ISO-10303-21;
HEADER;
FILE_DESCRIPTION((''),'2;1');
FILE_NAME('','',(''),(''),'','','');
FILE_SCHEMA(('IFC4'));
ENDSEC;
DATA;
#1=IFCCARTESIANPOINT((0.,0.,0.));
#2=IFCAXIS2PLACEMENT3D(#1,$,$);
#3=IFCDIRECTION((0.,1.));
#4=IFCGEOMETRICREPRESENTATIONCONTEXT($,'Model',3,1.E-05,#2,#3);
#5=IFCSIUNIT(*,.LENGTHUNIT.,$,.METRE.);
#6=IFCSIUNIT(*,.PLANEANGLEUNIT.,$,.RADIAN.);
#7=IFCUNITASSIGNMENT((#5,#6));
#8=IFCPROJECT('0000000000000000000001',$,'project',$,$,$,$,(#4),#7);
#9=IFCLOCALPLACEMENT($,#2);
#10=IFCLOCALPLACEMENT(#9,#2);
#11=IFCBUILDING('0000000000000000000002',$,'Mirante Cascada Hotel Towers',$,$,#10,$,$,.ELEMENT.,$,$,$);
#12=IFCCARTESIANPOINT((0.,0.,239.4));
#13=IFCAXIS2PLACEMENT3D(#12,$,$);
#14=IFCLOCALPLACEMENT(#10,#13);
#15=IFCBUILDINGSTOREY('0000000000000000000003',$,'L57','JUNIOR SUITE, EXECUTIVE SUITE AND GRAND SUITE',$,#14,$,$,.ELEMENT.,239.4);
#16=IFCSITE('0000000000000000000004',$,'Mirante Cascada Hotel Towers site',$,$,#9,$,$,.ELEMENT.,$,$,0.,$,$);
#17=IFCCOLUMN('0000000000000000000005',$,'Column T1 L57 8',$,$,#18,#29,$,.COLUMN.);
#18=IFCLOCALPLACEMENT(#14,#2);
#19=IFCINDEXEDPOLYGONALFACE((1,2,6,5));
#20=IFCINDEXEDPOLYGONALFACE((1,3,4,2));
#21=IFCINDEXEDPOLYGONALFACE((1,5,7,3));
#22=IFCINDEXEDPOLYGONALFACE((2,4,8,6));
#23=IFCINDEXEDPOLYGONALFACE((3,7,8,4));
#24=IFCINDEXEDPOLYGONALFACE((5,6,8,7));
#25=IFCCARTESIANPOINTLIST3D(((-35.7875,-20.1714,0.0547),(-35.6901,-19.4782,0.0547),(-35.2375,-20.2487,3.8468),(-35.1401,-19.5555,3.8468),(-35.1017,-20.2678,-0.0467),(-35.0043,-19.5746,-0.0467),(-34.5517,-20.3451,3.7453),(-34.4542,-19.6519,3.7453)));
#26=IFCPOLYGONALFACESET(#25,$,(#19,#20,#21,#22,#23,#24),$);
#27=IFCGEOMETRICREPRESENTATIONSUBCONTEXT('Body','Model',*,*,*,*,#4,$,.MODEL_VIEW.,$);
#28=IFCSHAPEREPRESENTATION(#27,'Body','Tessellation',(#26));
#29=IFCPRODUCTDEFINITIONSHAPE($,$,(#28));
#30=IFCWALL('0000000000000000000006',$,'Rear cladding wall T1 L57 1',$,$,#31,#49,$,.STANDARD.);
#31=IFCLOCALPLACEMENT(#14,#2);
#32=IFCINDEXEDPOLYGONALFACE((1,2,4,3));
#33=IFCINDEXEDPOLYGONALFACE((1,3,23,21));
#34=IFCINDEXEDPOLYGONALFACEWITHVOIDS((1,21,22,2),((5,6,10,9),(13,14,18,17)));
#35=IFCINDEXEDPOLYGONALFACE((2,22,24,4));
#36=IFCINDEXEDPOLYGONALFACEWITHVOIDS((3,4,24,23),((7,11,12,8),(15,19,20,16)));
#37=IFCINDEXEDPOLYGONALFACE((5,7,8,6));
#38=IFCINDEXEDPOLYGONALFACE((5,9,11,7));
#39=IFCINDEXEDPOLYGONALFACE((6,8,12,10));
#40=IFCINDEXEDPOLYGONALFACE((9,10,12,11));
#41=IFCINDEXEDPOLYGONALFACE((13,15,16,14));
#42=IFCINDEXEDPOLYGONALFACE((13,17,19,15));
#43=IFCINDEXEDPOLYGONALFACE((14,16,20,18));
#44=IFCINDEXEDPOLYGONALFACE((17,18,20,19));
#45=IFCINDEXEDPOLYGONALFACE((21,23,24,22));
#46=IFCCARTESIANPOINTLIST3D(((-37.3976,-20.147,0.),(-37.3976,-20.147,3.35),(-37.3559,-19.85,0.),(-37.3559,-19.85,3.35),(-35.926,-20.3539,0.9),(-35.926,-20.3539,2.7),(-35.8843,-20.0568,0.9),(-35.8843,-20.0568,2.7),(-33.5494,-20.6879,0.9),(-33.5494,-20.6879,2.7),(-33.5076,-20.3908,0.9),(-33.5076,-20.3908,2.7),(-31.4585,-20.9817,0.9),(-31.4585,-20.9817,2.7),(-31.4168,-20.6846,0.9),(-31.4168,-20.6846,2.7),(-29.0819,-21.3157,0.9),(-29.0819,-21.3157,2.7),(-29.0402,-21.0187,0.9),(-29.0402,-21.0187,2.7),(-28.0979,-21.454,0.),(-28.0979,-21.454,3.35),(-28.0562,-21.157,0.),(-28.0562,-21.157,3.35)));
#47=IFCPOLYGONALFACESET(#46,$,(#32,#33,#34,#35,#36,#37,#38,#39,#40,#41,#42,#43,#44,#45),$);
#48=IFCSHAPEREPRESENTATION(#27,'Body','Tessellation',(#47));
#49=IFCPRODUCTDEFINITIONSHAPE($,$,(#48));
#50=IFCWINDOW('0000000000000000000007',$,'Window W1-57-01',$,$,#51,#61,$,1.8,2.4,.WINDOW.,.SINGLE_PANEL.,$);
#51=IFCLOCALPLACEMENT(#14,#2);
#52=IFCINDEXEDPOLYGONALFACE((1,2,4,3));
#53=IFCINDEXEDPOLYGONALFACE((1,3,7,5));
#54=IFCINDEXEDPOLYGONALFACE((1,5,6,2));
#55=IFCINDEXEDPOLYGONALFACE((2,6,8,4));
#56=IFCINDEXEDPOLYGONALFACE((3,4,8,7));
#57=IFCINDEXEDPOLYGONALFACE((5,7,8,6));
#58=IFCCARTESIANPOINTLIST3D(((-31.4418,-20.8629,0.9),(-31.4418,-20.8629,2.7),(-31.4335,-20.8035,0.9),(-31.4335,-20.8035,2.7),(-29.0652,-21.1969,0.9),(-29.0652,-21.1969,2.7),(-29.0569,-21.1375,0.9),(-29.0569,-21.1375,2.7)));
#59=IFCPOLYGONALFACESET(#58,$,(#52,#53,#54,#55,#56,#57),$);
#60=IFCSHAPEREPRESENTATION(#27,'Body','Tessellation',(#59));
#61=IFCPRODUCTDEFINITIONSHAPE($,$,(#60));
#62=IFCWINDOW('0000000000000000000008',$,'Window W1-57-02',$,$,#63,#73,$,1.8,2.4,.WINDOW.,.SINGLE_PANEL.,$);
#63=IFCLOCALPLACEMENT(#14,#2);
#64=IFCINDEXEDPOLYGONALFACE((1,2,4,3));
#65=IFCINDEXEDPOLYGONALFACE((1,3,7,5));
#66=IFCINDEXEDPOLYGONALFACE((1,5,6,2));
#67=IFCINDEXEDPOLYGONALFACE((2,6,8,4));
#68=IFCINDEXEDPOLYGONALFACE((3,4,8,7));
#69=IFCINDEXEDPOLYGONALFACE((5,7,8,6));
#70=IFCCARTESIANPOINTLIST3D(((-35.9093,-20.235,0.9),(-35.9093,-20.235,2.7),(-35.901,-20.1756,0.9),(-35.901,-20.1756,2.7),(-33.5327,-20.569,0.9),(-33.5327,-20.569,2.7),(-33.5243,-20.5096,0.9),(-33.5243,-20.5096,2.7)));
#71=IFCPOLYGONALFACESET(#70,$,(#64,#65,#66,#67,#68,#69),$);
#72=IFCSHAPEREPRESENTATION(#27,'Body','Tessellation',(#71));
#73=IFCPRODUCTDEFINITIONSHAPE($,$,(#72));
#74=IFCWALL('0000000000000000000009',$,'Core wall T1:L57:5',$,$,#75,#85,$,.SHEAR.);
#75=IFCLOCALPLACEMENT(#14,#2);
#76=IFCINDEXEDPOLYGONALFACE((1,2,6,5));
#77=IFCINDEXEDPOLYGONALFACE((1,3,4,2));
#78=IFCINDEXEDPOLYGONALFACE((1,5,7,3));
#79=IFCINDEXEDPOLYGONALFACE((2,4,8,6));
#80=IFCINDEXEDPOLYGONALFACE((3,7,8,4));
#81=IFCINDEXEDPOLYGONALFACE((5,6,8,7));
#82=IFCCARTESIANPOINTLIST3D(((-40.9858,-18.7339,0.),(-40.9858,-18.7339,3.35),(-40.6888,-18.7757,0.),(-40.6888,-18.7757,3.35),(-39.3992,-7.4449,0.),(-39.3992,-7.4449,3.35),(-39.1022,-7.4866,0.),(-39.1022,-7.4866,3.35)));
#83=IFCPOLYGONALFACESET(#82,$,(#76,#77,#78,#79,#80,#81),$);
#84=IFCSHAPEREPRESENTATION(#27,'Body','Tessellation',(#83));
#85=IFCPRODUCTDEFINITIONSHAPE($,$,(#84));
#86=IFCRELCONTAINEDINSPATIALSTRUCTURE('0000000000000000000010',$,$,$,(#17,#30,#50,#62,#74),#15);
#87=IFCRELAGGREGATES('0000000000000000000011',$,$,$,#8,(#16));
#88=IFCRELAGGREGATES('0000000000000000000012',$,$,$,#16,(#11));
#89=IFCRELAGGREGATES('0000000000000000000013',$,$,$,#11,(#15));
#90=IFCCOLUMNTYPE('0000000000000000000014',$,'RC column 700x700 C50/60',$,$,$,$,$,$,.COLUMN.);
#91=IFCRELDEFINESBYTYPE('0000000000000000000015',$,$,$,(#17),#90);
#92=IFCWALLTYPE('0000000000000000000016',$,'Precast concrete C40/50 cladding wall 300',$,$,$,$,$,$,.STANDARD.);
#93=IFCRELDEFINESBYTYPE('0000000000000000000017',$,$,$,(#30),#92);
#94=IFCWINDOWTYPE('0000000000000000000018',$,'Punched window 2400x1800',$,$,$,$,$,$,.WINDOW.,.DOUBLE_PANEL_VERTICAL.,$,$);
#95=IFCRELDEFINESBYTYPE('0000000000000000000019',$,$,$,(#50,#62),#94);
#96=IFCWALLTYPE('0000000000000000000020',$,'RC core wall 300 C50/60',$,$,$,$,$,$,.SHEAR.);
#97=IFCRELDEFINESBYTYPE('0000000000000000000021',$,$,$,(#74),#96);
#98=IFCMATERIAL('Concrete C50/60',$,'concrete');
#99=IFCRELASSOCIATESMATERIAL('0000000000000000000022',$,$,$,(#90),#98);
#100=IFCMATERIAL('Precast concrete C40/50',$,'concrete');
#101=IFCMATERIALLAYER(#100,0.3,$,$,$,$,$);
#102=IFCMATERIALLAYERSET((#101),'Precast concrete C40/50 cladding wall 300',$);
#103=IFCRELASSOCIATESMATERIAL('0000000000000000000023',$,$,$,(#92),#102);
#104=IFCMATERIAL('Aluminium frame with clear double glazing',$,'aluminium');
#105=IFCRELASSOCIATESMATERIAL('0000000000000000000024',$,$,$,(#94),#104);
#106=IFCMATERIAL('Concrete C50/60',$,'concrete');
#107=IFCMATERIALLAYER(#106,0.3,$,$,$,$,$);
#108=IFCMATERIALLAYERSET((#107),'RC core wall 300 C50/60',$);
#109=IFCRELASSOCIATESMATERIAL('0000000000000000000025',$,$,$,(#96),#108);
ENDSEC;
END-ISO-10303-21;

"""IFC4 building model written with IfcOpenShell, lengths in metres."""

from ifc_helpers import new_model, si_unit, direction, frame, frame_2d, origin, origin_2d, place, context, subcontext, project, spatial, rectangle, extrude, material, layer, layer_set, material_profile, profile_set, type_object, element, fill, save


model = new_model("IFC4")

# Units and contexts
model_context = context("Model", 3, precision=1e-05, world=origin(), true_north=direction((0.0, 1.0)))
body_context = subcontext(model_context, "Body", "Model", "MODEL_VIEW")
ifc_project = project(units=[si_unit("LENGTHUNIT", "METRE"), si_unit("PLANEANGLEUNIT", "RADIAN")], contexts=[model_context])

# Site, building, storey
site_placement = place(None, origin())
site = spatial("IfcSite", under=ifc_project, at=site_placement, Name="Mirante Cascada Hotel Towers site", CompositionType="ELEMENT", RefElevation=0.0)
building_placement = place(site_placement, origin())
building = spatial("IfcBuilding", under=site, at=building_placement, Name="Mirante Cascada Hotel Towers", CompositionType="ELEMENT")
storey_placement = place(building_placement, frame((0.0, 0.0, 239.4)))
storey = spatial("IfcBuildingStorey", under=building, at=storey_placement, Name="L57", Description="JUNIOR SUITE, EXECUTIVE SUITE AND GRAND SUITE", CompositionType="ELEMENT", Elevation=239.4)

# Column
ifc_material_1 = material(Name="Concrete C50/60", Category="concrete")
ifc_material_profile = material_profile(ifc_material_1, rectangle(XDim=0.7, YDim=0.7, at=origin_2d()), Name="RC column 700x700 C50/60")
ifc_profile_set = profile_set([ifc_material_profile], Name="Concrete C50/60")
column_type = type_object("IfcColumnType", Name="RC column 700x700 C50/60", PredefinedType="COLUMN", material=ifc_profile_set)
column_placement = place(storey_placement, frame((-35.3959, -19.873, 0.004), z_axis=(0.143511, -0.02017, 0.989443), x_axis=(0.139178, 0.990267, 0.0)))
element("IfcColumn", 1, at=column_placement, inside=storey, type_object=column_type, Name="Column T1 L57 8", PredefinedType="COLUMN", context=body_context, shape_type="SweptSolid", body=[
    extrude(rectangle(XDim=0.7, YDim=0.7, at=origin_2d()), origin(), (0.0, 0.0, 1.0), 3.8325),
])

# Wall, openings, windows
ifc_material_2 = material(Name="Precast concrete C40/50", Category="concrete")
ifc_layer_1 = layer(ifc_material_2, 0.3)
ifc_layer_set_1 = layer_set([ifc_layer_1], Name="Precast concrete C40/50 cladding wall 300")
wall_type_1 = type_object("IfcWallType", Name="Precast concrete C40/50 cladding wall 300", PredefinedType="STANDARD", material=ifc_layer_set_1)
wall_1_placement = place(storey_placement, frame((-28.077, -21.3055, 0.0), z_axis=(0.0, 0.0, 1.0), x_axis=(-0.990268, 0.139174, 0.0)))
wall_1 = element("IfcWall", 2, at=wall_1_placement, inside=storey, type_object=wall_type_1, Name="Rear cladding wall T1 L57 1", PredefinedType="STANDARD", context=body_context, shape_type="SweptSolid", body=[
    extrude(rectangle(XDim=9.3911, YDim=0.3, at=frame_2d((4.6956, 0.0))), origin(), (0.0, 0.0, 1.0), 3.35),
])
opening_1_placement = place(wall_1_placement, frame((0.9937, 0.0, 0.9)))
opening_1 = element("IfcOpeningElement", 3, at=opening_1_placement, cuts=wall_1, PredefinedType="OPENING", context=body_context, shape_type="SweptSolid", body=[
    extrude(rectangle(XDim=2.4, YDim=1.8, at=frame_2d((1.2, 0.9))), frame((0.0, 0.15, 0.0), z_axis=(0.0, -1.0, 0.0), x_axis=(1.0, 0.0, 0.0)), (0.0, 0.0, 1.0), 0.3),
])
opening_2_placement = place(wall_1_placement, frame((5.5051, 0.0, 0.9)))
opening_2 = element("IfcOpeningElement", 4, at=opening_2_placement, cuts=wall_1, PredefinedType="OPENING", context=body_context, shape_type="SweptSolid", body=[
    extrude(rectangle(XDim=2.4, YDim=1.8, at=frame_2d((1.2, 0.9))), frame((0.0, 0.15, 0.0), z_axis=(0.0, -1.0, 0.0), x_axis=(1.0, 0.0, 0.0)), (0.0, 0.0, 1.0), 0.3),
])
ifc_material_3 = material(Name="Aluminium frame with clear double glazing", Category="aluminium")
window_type = type_object("IfcWindowType", Name="Punched window 2400x1800", PartitioningType="DOUBLE_PANEL_VERTICAL", PredefinedType="WINDOW", material=ifc_material_3)
window_1_placement = place(opening_1_placement, origin())
window_1 = element("IfcWindow", 5, at=window_1_placement, inside=storey, type_object=window_type, Name="Window W1-57-01", OverallHeight=1.8, OverallWidth=2.4, PartitioningType="SINGLE_PANEL", PredefinedType="WINDOW", context=body_context, shape_type="SweptSolid", body=[
    extrude(rectangle(XDim=2.4, YDim=1.8, at=frame_2d((1.2, 0.9))), frame((0.0, 0.03, 0.0), z_axis=(0.0, -1.0, 0.0), x_axis=(1.0, 0.0, 0.0)), (0.0, 0.0, 1.0), 0.06),
])
fill(opening_1, window_1)
window_2_placement = place(opening_2_placement, origin())
window_2 = element("IfcWindow", 6, at=window_2_placement, inside=storey, type_object=window_type, Name="Window W1-57-02", OverallHeight=1.8, OverallWidth=2.4, PartitioningType="SINGLE_PANEL", PredefinedType="WINDOW", context=body_context, shape_type="SweptSolid", body=[
    extrude(rectangle(XDim=2.4, YDim=1.8, at=frame_2d((1.2, 0.9))), frame((0.0, 0.03, 0.0), z_axis=(0.0, -1.0, 0.0), x_axis=(1.0, 0.0, 0.0)), (0.0, 0.0, 1.0), 0.06),
])
fill(opening_2, window_2)

# Wall
ifc_material_4 = material(Name="Concrete C50/60", Category="concrete")
ifc_layer_2 = layer(ifc_material_4, 0.3)
ifc_layer_set_2 = layer_set([ifc_layer_2], Name="RC core wall 300 C50/60")
wall_type_2 = type_object("IfcWallType", Name="RC core wall 300 C50/60", PredefinedType="SHEAR", material=ifc_layer_set_2)
wall_2_placement = place(storey_placement, frame((-40.8373, -18.7548, 0.0), z_axis=(0.0, 0.0, 1.0), x_axis=(0.139175, 0.990268, 0.0)))
element("IfcWall", 7, at=wall_2_placement, inside=storey, type_object=wall_type_2, Name="Core wall T1:L57:5", PredefinedType="SHEAR", context=body_context, shape_type="SweptSolid", body=[
    extrude(rectangle(XDim=11.4, YDim=0.3, at=frame_2d((5.7, 0.0))), origin(), (0.0, 0.0, 1.0), 3.35),
])

save(model, "model.ifc")
